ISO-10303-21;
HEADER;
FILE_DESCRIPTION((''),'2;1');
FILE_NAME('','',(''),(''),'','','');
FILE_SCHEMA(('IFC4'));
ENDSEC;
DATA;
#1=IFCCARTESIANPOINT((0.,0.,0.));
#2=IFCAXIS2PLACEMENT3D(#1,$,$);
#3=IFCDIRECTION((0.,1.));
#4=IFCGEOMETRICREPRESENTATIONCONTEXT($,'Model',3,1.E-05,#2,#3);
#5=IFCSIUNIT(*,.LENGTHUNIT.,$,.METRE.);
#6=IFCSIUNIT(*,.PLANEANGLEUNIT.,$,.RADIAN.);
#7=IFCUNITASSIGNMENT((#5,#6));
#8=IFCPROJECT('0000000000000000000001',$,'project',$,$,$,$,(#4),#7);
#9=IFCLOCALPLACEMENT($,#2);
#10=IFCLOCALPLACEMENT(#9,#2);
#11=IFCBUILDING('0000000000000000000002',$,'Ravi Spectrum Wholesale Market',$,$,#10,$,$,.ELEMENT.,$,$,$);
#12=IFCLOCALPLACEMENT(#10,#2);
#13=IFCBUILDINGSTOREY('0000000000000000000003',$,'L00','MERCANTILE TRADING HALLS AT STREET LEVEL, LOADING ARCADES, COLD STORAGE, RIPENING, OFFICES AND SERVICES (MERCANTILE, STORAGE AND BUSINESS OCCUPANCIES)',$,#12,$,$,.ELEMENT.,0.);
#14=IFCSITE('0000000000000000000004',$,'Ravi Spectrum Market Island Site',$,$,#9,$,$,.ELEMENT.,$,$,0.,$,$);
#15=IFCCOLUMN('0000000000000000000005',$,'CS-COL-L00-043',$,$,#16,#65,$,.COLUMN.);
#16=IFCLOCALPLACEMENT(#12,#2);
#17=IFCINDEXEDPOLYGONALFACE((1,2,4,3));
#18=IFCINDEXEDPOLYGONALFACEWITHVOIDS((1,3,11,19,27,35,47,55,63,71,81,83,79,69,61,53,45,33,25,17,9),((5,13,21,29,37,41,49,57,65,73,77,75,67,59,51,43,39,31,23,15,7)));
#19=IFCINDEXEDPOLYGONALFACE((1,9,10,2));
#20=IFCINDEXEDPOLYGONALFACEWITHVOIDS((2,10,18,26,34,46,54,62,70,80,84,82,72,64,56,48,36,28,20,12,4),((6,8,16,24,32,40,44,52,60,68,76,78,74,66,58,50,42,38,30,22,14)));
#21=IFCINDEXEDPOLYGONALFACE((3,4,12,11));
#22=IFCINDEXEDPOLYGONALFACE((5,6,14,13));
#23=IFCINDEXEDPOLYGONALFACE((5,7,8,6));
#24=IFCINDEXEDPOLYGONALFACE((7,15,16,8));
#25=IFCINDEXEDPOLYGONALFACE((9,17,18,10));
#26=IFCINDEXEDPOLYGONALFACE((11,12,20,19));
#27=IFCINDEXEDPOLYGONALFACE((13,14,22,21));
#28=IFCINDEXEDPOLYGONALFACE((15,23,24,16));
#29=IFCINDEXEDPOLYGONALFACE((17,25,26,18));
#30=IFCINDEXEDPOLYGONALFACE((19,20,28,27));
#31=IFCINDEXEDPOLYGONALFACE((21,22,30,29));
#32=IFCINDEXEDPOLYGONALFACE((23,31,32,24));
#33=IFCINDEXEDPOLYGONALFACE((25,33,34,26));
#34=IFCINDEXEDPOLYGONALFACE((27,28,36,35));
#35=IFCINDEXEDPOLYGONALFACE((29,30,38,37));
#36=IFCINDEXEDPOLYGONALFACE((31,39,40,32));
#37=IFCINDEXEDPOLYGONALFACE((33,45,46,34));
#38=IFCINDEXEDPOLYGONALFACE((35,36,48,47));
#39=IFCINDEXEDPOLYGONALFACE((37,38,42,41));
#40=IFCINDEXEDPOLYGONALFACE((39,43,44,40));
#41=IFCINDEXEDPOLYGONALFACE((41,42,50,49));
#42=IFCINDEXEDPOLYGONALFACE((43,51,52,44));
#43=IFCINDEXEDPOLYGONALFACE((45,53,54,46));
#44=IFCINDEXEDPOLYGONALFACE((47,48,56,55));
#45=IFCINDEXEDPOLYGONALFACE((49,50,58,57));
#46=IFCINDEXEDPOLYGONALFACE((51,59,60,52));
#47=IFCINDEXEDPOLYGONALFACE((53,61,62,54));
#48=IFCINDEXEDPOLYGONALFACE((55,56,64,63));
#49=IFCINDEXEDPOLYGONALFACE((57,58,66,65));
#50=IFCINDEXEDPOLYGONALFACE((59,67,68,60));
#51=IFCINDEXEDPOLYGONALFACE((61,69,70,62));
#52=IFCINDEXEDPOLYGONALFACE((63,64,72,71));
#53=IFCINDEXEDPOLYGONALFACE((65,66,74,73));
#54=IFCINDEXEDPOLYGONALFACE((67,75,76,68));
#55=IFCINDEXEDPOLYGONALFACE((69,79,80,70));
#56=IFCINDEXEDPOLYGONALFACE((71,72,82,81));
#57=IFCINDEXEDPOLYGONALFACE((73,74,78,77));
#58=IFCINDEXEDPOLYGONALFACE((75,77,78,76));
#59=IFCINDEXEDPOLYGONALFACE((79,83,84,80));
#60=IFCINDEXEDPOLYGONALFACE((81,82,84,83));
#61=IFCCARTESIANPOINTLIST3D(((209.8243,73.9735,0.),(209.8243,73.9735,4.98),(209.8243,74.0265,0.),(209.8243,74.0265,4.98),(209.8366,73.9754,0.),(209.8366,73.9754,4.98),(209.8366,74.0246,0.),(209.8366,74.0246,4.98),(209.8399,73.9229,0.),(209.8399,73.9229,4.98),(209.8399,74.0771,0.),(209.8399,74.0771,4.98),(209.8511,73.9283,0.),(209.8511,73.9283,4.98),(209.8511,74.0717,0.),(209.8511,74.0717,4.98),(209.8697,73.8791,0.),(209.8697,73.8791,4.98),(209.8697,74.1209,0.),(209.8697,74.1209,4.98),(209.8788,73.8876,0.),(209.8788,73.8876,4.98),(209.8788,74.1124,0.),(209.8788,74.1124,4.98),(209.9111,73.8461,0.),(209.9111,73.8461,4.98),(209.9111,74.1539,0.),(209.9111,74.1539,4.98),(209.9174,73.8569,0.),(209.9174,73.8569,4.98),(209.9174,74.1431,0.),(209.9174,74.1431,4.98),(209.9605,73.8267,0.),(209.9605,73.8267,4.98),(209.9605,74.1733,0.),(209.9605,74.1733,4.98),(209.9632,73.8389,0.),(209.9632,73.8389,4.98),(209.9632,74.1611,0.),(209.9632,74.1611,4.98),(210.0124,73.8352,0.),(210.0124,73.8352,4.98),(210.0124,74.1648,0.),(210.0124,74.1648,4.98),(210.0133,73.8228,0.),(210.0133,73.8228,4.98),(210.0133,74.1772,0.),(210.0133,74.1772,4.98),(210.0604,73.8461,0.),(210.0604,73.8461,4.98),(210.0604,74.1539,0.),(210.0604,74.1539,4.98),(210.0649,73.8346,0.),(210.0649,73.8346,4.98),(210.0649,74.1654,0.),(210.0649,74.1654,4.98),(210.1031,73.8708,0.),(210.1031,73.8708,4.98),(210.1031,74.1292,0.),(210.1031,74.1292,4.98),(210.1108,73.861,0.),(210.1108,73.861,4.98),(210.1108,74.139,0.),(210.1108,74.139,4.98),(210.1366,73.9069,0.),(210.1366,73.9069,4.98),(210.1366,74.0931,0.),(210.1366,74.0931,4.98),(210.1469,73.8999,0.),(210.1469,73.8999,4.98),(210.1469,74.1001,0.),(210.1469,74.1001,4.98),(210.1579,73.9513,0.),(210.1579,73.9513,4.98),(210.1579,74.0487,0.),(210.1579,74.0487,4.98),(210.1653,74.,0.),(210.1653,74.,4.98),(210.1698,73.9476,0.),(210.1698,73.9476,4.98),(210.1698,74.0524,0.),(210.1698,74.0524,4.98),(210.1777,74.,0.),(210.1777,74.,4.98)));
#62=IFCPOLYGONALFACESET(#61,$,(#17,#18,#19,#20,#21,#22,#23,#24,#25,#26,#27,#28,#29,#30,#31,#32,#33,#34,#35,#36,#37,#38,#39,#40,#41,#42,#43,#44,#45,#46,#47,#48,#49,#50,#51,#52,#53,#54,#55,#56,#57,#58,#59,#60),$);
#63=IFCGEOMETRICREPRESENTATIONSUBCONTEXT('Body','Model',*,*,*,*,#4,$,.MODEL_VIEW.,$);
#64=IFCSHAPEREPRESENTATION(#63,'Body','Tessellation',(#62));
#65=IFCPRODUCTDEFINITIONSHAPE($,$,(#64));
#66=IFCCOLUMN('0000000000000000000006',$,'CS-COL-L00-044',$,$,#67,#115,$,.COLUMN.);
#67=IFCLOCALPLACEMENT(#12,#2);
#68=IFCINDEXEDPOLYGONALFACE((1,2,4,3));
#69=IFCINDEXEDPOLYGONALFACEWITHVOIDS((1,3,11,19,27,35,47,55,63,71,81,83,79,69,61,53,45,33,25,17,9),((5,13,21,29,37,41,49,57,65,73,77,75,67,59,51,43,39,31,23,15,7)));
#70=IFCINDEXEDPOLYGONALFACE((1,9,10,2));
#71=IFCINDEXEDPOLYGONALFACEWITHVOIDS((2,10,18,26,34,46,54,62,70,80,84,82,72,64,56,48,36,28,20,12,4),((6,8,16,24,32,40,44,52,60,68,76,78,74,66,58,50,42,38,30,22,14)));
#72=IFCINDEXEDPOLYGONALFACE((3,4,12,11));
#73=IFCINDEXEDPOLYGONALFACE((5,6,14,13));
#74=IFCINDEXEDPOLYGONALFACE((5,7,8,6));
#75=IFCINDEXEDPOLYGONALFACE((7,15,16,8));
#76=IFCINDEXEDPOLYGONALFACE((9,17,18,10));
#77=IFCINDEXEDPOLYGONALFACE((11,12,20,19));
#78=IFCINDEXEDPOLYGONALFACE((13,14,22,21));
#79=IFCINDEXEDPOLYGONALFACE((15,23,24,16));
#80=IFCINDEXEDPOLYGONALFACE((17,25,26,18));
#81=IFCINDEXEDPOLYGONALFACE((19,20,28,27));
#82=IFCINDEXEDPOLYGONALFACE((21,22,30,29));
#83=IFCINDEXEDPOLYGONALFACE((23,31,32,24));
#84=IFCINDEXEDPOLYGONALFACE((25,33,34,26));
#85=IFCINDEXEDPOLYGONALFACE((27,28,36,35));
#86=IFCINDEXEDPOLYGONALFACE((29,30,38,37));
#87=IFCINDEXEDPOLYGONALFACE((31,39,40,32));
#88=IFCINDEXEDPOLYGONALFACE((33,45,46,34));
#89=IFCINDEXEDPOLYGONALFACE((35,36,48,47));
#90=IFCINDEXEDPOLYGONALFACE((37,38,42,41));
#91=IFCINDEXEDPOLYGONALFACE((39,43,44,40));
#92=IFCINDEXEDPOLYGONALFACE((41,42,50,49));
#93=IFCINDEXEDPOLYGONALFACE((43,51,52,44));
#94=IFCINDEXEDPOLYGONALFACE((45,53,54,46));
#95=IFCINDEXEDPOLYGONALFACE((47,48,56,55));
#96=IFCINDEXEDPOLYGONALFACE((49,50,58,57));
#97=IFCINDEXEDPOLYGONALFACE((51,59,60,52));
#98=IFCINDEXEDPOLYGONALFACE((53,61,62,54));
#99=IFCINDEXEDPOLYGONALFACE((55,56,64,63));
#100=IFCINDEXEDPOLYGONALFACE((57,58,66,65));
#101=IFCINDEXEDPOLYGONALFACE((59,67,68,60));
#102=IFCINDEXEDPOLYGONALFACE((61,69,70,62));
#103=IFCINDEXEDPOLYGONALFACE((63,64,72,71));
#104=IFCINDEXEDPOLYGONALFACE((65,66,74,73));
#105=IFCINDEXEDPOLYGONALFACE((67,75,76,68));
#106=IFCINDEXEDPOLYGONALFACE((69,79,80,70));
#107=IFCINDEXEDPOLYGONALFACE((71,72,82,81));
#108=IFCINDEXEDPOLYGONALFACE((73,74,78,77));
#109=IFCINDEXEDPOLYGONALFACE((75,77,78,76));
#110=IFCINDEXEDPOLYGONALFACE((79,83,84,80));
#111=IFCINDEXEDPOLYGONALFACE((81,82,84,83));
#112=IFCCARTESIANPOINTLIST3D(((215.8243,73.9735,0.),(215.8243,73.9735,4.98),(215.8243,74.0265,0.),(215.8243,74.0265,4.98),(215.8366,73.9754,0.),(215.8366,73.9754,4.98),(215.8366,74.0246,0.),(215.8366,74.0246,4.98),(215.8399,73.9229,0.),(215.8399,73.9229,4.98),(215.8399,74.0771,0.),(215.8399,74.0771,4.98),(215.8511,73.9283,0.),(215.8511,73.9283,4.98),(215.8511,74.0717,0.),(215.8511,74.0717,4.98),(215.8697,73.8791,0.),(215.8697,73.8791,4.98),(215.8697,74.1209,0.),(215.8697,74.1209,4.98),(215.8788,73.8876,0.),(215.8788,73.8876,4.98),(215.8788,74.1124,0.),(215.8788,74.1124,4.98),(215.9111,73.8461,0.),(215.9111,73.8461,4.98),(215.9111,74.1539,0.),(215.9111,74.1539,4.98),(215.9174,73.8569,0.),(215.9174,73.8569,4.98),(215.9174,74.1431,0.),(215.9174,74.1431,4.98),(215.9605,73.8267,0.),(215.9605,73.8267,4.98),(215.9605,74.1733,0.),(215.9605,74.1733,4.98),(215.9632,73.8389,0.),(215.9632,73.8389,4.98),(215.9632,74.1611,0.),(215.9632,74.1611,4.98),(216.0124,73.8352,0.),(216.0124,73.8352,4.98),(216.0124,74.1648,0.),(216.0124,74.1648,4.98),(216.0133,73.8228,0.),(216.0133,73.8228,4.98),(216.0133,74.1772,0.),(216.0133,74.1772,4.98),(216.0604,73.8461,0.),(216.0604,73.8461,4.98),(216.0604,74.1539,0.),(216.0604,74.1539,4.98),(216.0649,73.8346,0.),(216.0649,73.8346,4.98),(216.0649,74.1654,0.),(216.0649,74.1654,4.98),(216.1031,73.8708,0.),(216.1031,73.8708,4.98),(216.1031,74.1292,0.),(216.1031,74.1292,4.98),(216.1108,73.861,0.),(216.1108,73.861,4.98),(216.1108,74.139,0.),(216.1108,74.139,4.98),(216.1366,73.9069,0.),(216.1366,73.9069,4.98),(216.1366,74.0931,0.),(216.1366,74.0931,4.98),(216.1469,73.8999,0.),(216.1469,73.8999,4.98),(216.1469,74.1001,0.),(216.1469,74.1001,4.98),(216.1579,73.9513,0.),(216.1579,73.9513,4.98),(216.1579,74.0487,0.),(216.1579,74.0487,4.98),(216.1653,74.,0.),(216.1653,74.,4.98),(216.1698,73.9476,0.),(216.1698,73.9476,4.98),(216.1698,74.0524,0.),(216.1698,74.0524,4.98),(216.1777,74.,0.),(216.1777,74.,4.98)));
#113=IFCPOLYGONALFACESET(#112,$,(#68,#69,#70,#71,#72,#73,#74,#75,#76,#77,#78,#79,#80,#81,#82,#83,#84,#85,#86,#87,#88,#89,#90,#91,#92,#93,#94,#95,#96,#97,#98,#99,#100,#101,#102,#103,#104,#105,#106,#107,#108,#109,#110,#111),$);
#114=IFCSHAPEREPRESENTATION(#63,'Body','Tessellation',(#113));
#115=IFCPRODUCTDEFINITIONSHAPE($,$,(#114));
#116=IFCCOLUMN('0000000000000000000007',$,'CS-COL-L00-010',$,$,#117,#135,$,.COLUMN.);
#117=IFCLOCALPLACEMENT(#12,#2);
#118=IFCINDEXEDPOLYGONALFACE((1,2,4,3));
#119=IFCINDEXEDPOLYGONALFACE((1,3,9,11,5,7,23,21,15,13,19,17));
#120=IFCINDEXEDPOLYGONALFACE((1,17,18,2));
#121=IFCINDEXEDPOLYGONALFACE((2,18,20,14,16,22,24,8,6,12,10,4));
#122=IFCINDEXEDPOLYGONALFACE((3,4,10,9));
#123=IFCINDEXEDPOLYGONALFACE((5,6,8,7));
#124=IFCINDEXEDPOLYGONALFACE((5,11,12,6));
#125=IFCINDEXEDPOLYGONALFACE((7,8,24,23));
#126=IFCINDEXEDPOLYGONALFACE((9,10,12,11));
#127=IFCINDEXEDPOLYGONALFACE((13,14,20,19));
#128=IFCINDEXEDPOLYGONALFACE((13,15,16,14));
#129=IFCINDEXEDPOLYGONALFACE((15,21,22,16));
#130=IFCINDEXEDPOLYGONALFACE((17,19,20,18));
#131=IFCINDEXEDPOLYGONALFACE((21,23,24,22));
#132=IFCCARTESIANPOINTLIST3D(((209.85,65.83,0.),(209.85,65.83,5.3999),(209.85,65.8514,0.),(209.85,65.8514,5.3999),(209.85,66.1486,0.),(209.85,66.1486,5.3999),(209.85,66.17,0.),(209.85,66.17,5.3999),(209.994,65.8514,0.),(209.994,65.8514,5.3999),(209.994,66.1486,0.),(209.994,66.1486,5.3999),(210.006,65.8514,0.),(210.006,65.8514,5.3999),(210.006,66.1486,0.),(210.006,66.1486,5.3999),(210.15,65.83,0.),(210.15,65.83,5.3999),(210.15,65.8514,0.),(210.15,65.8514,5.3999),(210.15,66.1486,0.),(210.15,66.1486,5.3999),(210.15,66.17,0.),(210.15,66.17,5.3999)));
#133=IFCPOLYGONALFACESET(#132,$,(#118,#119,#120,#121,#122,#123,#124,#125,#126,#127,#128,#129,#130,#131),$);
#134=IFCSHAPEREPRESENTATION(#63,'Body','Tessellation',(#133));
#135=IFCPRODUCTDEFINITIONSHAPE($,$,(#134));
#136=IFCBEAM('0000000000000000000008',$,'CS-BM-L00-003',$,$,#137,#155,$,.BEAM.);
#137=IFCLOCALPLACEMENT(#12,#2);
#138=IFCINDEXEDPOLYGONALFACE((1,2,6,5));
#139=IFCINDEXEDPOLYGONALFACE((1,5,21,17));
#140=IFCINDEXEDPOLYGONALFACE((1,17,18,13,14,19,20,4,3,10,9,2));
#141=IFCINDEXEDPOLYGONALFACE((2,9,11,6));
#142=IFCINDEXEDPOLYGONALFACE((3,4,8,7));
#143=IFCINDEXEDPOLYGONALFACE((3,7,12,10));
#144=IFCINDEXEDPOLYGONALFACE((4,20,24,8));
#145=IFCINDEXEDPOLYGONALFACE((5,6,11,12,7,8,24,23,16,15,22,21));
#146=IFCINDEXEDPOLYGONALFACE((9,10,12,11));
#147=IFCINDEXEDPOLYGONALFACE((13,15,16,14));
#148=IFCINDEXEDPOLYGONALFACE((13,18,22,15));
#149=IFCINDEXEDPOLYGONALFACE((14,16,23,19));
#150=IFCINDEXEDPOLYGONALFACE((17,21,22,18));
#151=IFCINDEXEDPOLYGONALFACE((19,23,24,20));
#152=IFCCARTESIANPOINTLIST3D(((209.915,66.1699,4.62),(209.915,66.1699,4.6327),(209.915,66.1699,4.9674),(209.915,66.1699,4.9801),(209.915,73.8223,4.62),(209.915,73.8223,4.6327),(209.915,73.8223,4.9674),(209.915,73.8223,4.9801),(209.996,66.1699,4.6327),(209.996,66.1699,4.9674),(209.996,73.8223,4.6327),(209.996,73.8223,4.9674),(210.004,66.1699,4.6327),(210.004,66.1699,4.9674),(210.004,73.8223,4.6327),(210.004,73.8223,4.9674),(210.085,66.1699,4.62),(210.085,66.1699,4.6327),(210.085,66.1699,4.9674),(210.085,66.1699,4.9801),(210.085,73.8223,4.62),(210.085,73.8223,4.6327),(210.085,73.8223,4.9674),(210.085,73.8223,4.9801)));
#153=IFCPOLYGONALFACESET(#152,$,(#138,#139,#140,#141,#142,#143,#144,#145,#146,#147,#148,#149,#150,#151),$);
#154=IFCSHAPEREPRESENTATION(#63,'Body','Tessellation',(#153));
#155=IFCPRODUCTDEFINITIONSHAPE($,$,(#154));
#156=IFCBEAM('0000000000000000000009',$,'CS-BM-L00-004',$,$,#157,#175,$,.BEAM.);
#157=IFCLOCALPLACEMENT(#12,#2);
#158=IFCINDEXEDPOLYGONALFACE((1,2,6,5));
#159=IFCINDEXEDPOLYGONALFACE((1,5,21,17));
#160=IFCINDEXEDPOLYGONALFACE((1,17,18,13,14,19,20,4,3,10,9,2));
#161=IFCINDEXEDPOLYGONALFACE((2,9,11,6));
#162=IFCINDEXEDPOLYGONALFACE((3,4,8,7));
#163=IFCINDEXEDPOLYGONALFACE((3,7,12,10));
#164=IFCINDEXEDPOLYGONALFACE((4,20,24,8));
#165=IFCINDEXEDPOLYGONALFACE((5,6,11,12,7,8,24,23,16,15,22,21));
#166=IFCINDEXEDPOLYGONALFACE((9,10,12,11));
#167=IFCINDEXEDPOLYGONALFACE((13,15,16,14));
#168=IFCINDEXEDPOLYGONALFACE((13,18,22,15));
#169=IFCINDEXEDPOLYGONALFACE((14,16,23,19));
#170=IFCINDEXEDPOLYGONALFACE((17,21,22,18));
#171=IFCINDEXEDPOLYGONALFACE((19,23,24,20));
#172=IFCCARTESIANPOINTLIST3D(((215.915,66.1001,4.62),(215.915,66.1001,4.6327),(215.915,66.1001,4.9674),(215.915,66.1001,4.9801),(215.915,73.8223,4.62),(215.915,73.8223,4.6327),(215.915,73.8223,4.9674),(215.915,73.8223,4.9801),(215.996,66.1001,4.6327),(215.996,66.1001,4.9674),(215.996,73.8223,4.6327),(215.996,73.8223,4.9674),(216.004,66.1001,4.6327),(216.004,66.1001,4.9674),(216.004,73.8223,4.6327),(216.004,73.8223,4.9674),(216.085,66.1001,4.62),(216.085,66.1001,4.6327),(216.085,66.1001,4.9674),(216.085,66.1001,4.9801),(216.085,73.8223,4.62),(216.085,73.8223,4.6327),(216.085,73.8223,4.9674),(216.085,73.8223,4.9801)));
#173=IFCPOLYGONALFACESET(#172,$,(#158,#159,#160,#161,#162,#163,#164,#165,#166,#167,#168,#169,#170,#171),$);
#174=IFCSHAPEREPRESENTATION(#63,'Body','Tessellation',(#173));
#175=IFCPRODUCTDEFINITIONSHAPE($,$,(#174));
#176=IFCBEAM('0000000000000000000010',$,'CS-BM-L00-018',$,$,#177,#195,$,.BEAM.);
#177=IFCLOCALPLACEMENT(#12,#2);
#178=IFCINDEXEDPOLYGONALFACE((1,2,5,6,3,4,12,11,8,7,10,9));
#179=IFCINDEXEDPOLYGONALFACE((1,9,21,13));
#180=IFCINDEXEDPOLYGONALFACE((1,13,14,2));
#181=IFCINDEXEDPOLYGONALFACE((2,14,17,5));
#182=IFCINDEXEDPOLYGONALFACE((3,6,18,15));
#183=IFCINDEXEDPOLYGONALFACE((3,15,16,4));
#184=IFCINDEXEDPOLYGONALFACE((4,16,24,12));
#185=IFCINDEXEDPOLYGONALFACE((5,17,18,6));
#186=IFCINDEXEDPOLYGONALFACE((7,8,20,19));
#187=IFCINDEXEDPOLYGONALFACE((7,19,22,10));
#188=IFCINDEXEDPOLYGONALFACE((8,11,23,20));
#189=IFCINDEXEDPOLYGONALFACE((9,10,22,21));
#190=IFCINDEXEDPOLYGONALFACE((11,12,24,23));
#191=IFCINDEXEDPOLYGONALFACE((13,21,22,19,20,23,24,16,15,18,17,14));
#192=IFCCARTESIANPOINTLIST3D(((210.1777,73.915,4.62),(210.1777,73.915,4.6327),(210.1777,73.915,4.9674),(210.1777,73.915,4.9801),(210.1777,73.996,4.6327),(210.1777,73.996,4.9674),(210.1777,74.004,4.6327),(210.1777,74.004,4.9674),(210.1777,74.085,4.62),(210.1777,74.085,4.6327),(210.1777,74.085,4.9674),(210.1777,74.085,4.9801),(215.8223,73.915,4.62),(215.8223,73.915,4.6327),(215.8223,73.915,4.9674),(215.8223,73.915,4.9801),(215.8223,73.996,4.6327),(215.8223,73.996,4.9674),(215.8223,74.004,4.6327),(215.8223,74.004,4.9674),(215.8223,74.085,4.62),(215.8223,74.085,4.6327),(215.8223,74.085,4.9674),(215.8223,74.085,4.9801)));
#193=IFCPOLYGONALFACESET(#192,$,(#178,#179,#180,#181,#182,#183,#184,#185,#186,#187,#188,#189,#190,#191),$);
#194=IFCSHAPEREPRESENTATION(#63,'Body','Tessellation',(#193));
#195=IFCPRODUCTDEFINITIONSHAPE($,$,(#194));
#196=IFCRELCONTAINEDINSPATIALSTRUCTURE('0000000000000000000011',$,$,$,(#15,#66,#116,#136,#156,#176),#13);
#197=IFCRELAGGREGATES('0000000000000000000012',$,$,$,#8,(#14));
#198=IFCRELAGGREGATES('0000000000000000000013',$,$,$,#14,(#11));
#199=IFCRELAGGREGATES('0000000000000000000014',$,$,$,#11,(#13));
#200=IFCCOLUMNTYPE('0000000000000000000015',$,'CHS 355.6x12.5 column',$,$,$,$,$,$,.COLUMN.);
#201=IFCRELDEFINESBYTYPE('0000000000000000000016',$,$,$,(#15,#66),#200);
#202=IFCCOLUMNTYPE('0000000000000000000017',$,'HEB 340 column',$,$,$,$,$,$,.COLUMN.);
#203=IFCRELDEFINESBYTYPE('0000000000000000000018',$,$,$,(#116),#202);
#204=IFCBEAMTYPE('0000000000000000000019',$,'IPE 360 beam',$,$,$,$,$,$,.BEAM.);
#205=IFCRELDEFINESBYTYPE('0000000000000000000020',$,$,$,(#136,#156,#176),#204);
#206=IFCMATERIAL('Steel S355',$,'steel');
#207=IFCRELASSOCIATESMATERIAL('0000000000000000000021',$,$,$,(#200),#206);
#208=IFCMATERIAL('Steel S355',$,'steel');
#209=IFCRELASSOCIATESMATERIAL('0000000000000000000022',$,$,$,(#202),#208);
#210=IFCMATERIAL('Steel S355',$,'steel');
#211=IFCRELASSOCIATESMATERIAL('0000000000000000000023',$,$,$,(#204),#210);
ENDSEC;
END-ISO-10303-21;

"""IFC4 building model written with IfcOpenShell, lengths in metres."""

from ifc_helpers import new_model, si_unit, direction, frame, origin, origin_2d, place, context, subcontext, project, spatial, hollow_circle, i_section, extrude, material, material_profile, profile_set, type_object, element, save


model = new_model("IFC4")

# Units and contexts
model_context = context("Model", 3, precision=1e-05, world=origin(), true_north=direction((0.0, 1.0)))
body_context = subcontext(model_context, "Body", "Model", "MODEL_VIEW")
ifc_project = project(units=[si_unit("LENGTHUNIT", "METRE"), si_unit("PLANEANGLEUNIT", "RADIAN")], contexts=[model_context])

# Site, building, storey
site_placement = place(None, origin())
site = spatial("IfcSite", under=ifc_project, at=site_placement, Name="Ravi Spectrum Market Island Site", CompositionType="ELEMENT", RefElevation=0.0)
building_placement = place(site_placement, origin())
building = spatial("IfcBuilding", under=site, at=building_placement, Name="Ravi Spectrum Wholesale Market", CompositionType="ELEMENT")
storey_placement = place(building_placement, origin())
storey = spatial("IfcBuildingStorey", under=building, at=storey_placement, Name="L00", Description="MERCANTILE TRADING HALLS AT STREET LEVEL, LOADING ARCADES, COLD STORAGE, RIPENING, OFFICES AND SERVICES (MERCANTILE, STORAGE AND BUSINESS OCCUPANCIES)", CompositionType="ELEMENT", Elevation=0.0)

# Columns
ifc_material_1 = material(Name="Steel S355", Category="steel")
ifc_material_profile_1 = material_profile(ifc_material_1, hollow_circle(Radius=0.1777, WallThickness=0.0125, at=origin_2d()))
ifc_profile_set_1 = profile_set([ifc_material_profile_1], Name="Steel S355")
column_type_1 = type_object("IfcColumnType", Name="CHS 355.6x12.5 column", PredefinedType="COLUMN", material=ifc_profile_set_1)
for number, where, z_axis, x_axis, name in (
    (1, (210.0, 74.0, 0.0), (0.0, 0.0, 1.0), (1.0, 0.0, 0.0), "CS-COL-L00-043"),
    (2, (216.0, 74.0, 0.0), (0.0, 0.0, 1.0), (1.0, 0.0, 0.0), "CS-COL-L00-044"),
):
    element("IfcColumn", number, at=place(storey_placement, frame(where, z_axis=z_axis, x_axis=x_axis)), inside=storey, type_object=column_type_1, Name=name, PredefinedType="COLUMN", context=body_context, shape_type="SweptSolid", body=[
        extrude(hollow_circle(Radius=0.1777, WallThickness=0.0125, at=origin_2d()), origin(), (0.0, 0.0, 1.0), 4.98),
    ])
ifc_material_2 = material(Name="Steel S355", Category="steel")
ifc_material_profile_2 = material_profile(ifc_material_2, i_section(OverallWidth=0.3, OverallDepth=0.3401, WebThickness=0.012, FlangeThickness=0.0215, at=origin_2d()))
ifc_profile_set_2 = profile_set([ifc_material_profile_2], Name="Steel S355")
column_type_2 = type_object("IfcColumnType", Name="HEB 340 column", PredefinedType="COLUMN", material=ifc_profile_set_2)
column_placement = place(storey_placement, frame((210.0, 66.0, 0.0), z_axis=(0.0, 0.0, 1.0), x_axis=(1.0, 0.0, 0.0)))
element("IfcColumn", 3, at=column_placement, inside=storey, type_object=column_type_2, Name="CS-COL-L00-010", PredefinedType="COLUMN", context=body_context, shape_type="SweptSolid", body=[
    extrude(i_section(OverallWidth=0.3, OverallDepth=0.3401, WebThickness=0.012, FlangeThickness=0.0215, at=origin_2d()), origin(), (0.0, 0.0, 1.0), 5.3999),
])

# Beams
ifc_material_3 = material(Name="Steel S355", Category="steel")
ifc_material_profile_3 = material_profile(ifc_material_3, i_section(OverallWidth=0.1699, OverallDepth=0.3601, WebThickness=0.0081, FlangeThickness=0.0127, at=origin_2d()))
ifc_profile_set_3 = profile_set([ifc_material_profile_3], Name="Steel S355")
beam_type = type_object("IfcBeamType", Name="IPE 360 beam", PredefinedType="BEAM", material=ifc_profile_set_3)
beam_1_placement = place(storey_placement, frame((210.0, 66.1699, 4.8), z_axis=(0.0, 1.0, 0.0), x_axis=(-1.0, 0.0, 0.0)))
element("IfcBeam", 4, at=beam_1_placement, inside=storey, type_object=beam_type, Name="CS-BM-L00-003", PredefinedType="BEAM", context=body_context, shape_type="SweptSolid", body=[
    extrude(i_section(OverallWidth=0.1699, OverallDepth=0.3601, WebThickness=0.0081, FlangeThickness=0.0127, at=origin_2d()), origin(), (0.0, 0.0, 1.0), 7.6523),
])
beam_2_placement = place(storey_placement, frame((216.0, 66.1001, 4.8), z_axis=(0.0, 1.0, 0.0), x_axis=(-1.0, 0.0, 0.0)))
element("IfcBeam", 5, at=beam_2_placement, inside=storey, type_object=beam_type, Name="CS-BM-L00-004", PredefinedType="BEAM", context=body_context, shape_type="SweptSolid", body=[
    extrude(i_section(OverallWidth=0.1699, OverallDepth=0.3601, WebThickness=0.0081, FlangeThickness=0.0127, at=origin_2d()), origin(), (0.0, 0.0, 1.0), 7.7222),
])
for number, where, z_axis, x_axis, name in (
    (6, (210.1777, 74.0, 4.8), (1.0, 0.0, 0.0), (0.0, 1.0, 0.0), "CS-BM-L00-018"),
):
    element("IfcBeam", number, at=place(storey_placement, frame(where, z_axis=z_axis, x_axis=x_axis)), inside=storey, type_object=beam_type, Name=name, PredefinedType="BEAM", context=body_context, shape_type="SweptSolid", body=[
        extrude(i_section(OverallWidth=0.1699, OverallDepth=0.3601, WebThickness=0.0081, FlangeThickness=0.0127, at=origin_2d()), origin(), (0.0, 0.0, 1.0), 5.6445),
    ])

save(model, "model.ifc")
